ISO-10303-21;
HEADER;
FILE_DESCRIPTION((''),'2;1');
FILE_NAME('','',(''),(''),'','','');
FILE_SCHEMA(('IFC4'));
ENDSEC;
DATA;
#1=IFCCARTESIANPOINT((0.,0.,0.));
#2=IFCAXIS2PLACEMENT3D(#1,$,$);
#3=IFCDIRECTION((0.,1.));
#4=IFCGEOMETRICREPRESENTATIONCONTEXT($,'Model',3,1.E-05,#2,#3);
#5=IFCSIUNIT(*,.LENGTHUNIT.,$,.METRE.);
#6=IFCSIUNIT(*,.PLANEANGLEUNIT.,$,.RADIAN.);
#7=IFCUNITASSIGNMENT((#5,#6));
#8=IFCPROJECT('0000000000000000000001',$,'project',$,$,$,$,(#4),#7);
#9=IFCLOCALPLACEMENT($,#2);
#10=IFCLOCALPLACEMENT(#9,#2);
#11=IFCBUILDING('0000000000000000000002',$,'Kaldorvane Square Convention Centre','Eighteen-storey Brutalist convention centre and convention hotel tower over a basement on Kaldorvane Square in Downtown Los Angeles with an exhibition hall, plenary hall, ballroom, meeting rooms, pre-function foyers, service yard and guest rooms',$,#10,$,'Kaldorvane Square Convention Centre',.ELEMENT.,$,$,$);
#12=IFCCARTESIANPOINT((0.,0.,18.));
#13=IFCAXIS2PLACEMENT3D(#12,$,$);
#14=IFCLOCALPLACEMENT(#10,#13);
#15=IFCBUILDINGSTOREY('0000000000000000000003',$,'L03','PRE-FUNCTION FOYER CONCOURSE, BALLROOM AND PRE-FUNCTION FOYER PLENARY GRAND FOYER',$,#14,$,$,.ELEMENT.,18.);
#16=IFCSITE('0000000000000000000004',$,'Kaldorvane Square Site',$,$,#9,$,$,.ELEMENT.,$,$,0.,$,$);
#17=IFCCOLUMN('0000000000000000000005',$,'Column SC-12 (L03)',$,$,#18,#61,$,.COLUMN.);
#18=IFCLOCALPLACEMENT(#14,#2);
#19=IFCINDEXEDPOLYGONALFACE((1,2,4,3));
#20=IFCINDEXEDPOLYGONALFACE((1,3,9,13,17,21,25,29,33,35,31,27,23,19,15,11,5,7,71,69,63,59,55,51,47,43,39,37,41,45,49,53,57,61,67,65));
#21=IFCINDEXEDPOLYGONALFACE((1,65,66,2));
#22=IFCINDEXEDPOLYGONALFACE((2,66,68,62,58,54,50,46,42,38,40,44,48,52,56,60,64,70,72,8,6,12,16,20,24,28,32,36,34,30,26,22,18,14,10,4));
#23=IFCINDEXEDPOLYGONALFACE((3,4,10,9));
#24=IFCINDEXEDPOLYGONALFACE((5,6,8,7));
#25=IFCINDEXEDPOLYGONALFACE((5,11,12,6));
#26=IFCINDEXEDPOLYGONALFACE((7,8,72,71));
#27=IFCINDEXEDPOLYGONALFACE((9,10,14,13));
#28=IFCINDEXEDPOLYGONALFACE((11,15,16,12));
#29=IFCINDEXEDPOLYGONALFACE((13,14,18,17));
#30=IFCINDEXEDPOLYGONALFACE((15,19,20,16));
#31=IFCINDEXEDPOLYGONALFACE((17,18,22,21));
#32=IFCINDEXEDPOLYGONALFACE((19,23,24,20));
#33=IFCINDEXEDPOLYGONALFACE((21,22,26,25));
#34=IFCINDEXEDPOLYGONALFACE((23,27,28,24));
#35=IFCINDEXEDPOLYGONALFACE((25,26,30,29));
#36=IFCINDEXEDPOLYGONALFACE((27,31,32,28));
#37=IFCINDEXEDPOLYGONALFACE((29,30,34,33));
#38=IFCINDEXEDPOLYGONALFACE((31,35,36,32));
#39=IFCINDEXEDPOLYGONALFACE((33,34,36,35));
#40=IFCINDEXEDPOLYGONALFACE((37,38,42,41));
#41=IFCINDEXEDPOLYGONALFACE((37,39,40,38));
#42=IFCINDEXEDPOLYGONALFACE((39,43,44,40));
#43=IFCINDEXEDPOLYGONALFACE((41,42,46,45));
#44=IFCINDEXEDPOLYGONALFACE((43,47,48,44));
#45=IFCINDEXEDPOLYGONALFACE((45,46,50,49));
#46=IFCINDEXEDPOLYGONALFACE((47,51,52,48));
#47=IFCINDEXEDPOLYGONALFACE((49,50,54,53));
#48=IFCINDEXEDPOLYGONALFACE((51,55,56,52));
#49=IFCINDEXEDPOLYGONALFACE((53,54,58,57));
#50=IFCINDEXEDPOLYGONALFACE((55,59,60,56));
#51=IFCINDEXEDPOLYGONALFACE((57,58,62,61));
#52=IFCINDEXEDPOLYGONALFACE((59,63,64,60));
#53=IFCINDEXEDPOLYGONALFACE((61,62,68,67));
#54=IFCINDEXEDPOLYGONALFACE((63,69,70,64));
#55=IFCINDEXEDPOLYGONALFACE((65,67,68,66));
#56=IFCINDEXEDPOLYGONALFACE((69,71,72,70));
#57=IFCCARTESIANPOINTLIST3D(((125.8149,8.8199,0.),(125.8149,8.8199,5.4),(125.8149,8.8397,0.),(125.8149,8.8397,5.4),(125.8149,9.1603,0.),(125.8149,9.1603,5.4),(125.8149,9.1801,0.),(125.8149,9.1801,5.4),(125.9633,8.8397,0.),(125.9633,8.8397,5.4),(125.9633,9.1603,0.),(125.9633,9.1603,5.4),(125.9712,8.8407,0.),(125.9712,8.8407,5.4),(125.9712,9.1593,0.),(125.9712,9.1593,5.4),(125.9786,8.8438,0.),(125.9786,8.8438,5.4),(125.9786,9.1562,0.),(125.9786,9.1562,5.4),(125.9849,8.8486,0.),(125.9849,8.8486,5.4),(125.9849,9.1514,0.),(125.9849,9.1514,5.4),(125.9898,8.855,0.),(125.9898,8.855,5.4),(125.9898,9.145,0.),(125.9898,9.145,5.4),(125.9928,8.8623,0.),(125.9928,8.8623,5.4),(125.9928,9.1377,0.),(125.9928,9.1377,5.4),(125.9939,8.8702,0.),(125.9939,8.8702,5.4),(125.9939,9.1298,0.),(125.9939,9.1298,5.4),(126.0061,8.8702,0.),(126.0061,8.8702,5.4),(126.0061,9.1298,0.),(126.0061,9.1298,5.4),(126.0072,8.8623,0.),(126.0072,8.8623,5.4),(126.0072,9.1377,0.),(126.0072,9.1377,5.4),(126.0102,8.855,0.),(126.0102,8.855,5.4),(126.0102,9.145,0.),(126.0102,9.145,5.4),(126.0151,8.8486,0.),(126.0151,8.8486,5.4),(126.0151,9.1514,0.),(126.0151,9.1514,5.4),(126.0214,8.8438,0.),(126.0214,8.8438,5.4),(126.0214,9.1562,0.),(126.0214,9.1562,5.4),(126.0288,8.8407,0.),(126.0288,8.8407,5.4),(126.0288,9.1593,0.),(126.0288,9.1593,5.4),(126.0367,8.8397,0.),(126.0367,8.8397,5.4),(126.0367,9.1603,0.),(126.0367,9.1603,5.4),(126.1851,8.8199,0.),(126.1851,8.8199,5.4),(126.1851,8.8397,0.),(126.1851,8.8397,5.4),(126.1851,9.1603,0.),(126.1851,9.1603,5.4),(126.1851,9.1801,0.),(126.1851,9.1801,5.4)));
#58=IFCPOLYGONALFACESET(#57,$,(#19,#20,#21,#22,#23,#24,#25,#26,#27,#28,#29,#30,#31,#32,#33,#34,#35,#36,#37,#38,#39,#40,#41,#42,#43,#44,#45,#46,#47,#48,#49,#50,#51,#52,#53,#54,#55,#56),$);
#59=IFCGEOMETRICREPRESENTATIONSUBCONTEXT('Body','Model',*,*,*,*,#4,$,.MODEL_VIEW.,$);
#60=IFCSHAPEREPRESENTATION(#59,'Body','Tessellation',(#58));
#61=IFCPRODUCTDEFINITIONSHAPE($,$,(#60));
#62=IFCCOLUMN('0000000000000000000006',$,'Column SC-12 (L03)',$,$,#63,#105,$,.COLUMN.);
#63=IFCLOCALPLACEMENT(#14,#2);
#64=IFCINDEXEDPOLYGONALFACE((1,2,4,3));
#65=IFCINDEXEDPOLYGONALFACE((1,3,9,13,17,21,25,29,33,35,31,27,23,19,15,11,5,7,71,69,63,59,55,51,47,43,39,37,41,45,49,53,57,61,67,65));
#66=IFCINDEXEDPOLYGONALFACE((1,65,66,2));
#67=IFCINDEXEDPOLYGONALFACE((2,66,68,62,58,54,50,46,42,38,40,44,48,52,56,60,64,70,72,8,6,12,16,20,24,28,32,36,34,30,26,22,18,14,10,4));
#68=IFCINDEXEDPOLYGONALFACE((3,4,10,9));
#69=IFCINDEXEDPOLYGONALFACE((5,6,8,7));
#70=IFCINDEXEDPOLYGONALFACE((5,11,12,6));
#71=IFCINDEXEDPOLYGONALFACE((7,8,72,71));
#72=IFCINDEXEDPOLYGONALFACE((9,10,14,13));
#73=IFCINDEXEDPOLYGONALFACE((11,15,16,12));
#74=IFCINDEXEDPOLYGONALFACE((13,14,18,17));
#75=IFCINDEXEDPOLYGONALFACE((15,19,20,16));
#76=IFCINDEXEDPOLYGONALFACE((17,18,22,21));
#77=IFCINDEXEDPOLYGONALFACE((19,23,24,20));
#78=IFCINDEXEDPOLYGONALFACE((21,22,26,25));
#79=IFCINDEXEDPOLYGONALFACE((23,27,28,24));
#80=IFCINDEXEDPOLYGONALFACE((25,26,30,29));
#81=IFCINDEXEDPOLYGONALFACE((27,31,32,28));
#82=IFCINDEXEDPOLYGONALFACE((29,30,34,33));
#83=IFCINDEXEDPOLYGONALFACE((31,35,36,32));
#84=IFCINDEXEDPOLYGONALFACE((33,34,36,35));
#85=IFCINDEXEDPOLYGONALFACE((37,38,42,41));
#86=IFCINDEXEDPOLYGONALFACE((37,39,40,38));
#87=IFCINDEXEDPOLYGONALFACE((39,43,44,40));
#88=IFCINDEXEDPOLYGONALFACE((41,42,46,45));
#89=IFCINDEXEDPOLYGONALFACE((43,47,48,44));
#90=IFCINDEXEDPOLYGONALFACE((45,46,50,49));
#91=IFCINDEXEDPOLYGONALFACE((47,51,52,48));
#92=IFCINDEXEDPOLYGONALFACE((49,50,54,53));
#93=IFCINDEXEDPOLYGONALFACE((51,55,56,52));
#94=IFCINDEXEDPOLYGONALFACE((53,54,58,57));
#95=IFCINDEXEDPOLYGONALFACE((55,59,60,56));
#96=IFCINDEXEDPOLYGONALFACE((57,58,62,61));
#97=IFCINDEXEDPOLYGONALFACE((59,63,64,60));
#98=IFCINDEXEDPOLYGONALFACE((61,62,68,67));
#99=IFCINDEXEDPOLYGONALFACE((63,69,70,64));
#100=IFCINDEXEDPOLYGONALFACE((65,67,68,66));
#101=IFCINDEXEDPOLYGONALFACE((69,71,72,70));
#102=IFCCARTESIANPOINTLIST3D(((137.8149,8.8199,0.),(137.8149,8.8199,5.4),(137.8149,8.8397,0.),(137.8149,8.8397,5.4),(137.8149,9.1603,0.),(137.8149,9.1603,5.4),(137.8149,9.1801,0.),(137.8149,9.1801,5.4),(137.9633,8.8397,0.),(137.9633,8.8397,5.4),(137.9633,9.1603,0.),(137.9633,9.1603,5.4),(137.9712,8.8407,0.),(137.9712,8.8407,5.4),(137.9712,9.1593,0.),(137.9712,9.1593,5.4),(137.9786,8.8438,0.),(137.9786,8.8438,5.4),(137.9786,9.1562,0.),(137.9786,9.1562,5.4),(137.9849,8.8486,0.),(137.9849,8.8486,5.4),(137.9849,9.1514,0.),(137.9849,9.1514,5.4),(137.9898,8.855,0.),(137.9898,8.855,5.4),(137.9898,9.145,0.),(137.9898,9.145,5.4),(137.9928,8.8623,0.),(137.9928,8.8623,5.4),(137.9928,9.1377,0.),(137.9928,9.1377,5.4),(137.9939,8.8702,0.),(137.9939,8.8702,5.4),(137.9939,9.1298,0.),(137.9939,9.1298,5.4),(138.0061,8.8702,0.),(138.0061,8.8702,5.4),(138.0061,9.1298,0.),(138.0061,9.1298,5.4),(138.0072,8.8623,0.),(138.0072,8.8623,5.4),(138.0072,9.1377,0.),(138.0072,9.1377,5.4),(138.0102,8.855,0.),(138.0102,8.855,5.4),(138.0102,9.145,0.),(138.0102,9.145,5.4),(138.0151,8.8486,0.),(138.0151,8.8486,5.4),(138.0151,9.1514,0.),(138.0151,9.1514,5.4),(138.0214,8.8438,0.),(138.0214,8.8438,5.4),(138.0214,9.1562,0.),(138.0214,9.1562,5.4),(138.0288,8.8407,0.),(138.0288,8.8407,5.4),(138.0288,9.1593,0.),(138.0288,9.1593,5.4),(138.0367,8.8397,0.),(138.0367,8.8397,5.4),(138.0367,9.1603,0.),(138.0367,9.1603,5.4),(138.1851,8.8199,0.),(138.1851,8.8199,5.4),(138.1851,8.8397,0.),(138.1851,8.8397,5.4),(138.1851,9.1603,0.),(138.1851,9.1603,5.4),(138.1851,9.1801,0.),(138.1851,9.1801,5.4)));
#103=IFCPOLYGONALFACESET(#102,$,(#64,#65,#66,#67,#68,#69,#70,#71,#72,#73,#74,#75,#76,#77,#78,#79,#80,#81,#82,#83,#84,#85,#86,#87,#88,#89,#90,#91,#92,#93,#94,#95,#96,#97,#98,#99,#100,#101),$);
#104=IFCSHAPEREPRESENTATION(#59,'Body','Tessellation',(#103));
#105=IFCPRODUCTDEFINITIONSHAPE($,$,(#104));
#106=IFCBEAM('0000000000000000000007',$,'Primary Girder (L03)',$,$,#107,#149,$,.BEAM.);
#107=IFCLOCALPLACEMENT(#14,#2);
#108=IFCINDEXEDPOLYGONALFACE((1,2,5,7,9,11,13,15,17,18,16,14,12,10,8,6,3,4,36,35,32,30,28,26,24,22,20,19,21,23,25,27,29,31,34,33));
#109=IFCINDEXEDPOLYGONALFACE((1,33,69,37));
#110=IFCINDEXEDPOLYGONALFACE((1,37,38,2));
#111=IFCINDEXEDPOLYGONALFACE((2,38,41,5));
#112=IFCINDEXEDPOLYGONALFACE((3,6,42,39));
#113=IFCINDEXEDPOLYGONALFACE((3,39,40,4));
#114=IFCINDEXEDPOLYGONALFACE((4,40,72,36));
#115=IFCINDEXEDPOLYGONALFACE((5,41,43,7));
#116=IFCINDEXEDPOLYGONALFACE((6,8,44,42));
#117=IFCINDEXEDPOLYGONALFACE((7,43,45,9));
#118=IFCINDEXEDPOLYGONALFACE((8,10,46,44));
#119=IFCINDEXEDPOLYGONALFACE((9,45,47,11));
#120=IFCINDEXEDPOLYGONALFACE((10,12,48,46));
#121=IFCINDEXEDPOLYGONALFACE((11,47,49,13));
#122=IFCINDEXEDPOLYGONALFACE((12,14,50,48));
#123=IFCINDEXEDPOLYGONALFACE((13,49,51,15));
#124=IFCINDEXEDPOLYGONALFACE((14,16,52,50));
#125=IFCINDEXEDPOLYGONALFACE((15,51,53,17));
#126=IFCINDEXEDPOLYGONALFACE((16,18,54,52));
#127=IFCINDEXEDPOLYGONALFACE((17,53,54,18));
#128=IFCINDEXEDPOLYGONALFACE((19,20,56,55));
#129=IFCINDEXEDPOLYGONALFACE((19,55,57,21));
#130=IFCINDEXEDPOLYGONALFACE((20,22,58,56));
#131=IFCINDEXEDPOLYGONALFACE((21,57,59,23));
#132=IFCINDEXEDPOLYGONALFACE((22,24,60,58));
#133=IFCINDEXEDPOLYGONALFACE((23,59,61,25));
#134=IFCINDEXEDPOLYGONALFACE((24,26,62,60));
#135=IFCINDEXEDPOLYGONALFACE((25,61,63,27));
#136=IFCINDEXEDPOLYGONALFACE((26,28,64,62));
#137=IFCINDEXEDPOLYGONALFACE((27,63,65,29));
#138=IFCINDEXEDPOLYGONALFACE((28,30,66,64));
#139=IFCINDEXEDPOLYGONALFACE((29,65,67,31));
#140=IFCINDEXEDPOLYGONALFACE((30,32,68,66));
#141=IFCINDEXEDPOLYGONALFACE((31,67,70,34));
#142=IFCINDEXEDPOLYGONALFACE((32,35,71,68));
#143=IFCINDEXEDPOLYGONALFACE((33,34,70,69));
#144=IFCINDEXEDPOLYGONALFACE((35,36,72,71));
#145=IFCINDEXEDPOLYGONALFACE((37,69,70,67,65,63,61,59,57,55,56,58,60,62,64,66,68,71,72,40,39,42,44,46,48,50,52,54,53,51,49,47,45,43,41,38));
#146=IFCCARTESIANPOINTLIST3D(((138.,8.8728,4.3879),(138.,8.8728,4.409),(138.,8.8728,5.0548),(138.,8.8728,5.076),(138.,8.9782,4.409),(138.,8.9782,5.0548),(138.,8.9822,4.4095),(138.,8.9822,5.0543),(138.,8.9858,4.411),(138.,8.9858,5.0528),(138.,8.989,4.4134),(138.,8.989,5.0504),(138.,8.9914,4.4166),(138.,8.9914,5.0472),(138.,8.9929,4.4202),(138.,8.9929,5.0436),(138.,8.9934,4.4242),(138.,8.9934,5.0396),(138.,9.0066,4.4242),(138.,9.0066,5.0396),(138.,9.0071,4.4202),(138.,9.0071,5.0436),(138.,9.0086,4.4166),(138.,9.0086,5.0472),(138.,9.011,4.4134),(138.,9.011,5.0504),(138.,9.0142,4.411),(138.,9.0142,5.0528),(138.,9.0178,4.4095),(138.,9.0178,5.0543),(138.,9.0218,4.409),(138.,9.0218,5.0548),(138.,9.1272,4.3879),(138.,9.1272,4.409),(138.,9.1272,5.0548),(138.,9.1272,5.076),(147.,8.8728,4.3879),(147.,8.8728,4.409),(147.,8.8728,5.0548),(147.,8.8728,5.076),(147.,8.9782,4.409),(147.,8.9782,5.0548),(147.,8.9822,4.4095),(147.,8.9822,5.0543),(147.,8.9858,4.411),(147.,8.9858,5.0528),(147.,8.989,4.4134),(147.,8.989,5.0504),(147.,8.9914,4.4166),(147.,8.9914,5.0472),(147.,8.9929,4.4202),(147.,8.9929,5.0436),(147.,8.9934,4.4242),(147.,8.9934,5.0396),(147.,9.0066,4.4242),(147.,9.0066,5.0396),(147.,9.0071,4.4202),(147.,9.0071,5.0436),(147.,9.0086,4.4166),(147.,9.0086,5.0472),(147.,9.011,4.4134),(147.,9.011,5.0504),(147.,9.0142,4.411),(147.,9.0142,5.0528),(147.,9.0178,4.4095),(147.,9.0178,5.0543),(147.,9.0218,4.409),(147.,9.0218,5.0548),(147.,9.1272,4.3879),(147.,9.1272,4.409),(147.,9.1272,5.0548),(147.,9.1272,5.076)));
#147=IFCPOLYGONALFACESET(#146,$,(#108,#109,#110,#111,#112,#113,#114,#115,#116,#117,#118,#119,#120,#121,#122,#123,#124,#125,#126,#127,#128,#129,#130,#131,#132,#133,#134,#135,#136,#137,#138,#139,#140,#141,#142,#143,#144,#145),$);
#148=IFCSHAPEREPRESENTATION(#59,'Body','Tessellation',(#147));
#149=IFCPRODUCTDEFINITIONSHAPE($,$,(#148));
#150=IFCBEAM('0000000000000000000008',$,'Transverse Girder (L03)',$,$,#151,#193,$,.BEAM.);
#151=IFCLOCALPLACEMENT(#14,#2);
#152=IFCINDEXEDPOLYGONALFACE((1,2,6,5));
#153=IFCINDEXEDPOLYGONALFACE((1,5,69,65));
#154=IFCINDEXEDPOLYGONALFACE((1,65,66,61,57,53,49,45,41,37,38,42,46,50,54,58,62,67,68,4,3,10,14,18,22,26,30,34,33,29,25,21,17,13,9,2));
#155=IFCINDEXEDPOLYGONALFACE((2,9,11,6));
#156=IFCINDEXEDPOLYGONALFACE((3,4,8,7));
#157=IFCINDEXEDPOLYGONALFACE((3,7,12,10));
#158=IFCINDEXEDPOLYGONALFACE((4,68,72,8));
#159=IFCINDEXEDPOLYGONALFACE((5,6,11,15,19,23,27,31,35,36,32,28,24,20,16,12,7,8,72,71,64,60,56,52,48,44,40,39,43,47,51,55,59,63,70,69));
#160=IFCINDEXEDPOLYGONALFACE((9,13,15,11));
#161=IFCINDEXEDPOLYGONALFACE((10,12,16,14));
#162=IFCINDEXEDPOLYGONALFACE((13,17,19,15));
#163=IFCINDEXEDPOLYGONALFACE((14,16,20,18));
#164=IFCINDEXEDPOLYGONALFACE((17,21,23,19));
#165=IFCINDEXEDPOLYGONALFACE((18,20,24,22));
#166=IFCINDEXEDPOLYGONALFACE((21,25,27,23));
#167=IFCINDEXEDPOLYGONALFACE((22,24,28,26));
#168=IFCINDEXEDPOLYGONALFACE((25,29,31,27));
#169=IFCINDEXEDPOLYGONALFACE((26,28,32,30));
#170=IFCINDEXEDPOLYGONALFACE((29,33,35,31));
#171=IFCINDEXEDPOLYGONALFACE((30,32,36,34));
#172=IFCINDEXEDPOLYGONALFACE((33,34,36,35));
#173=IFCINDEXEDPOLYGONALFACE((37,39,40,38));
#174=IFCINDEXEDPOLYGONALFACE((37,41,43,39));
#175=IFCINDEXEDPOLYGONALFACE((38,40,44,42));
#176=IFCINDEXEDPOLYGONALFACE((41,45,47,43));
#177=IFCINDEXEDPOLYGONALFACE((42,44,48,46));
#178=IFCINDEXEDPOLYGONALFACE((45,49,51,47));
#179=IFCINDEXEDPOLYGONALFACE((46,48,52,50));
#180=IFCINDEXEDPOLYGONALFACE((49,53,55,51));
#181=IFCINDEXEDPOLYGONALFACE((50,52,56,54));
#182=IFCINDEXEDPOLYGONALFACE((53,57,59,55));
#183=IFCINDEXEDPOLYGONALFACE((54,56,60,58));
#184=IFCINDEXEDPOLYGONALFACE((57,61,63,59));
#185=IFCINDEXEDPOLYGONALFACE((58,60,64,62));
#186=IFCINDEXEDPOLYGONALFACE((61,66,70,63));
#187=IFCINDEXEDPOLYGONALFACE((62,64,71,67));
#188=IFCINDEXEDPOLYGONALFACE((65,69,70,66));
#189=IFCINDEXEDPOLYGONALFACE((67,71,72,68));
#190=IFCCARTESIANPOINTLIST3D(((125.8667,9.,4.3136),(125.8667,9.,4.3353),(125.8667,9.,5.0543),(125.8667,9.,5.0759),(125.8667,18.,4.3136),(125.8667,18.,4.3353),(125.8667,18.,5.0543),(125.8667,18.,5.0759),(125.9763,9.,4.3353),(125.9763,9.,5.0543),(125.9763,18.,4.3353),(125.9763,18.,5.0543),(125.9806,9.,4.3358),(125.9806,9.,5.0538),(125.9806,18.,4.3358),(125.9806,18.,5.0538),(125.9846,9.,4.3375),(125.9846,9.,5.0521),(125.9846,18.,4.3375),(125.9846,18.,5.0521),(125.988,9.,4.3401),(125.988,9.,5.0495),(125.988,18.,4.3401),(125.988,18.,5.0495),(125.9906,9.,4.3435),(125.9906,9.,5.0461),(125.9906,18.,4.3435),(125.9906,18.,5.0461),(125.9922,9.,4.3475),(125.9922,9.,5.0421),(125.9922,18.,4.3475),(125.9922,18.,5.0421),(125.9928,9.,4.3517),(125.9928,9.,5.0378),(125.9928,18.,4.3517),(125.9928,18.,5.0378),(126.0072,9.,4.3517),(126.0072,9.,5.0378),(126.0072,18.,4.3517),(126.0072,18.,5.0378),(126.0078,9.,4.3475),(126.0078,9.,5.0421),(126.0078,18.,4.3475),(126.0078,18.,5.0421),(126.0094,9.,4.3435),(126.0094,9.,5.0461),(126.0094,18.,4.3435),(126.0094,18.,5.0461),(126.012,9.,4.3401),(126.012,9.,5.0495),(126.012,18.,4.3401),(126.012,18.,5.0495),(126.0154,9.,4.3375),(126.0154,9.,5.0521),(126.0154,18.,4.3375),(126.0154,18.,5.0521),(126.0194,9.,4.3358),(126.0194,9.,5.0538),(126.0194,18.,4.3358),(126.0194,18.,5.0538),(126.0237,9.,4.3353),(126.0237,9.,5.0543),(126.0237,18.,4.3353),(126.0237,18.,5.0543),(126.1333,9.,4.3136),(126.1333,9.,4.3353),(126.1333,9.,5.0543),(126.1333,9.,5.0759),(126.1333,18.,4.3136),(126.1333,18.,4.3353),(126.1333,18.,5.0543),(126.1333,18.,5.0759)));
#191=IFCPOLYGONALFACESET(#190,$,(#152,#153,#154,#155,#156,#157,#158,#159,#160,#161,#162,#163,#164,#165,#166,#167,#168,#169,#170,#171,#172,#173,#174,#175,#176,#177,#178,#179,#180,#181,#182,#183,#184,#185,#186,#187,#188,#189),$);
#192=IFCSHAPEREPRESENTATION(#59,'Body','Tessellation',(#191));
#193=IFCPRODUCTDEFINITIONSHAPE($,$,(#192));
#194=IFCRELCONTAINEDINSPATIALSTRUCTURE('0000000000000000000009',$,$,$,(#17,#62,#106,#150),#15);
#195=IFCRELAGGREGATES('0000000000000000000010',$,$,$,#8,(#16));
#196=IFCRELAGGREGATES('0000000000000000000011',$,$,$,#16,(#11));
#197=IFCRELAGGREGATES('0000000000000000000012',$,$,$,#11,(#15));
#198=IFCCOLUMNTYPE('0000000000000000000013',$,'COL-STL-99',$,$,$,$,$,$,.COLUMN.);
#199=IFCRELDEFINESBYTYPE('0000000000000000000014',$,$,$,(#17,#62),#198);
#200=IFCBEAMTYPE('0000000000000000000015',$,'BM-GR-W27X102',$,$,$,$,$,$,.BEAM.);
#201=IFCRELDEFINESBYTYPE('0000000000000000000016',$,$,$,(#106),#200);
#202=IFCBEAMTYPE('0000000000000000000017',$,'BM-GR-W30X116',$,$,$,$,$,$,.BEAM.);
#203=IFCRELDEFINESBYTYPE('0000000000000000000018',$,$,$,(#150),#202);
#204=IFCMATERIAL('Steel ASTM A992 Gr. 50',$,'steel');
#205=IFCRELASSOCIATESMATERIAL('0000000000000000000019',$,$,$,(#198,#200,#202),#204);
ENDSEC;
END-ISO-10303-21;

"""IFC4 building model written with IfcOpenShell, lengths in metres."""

from ifc_helpers import new_model, si_unit, direction, frame, origin, origin_2d, place, context, subcontext, project, spatial, i_section, extrude, material, material_profile, profile_set, type_object, element, save


model = new_model("IFC4")

# Units and contexts
model_context = context("Model", 3, precision=1e-05, world=origin(), true_north=direction((0.0, 1.0)))
body_context = subcontext(model_context, "Body", "Model", "MODEL_VIEW")
ifc_project = project(units=[si_unit("LENGTHUNIT", "METRE"), si_unit("PLANEANGLEUNIT", "RADIAN")], contexts=[model_context])

# Site, building, storey
site_placement = place(None, origin())
site = spatial("IfcSite", under=ifc_project, at=site_placement, Name="Kaldorvane Square Site", CompositionType="ELEMENT", RefElevation=0.0)
building_placement = place(site_placement, origin())
building = spatial("IfcBuilding", under=site, at=building_placement, Name="Kaldorvane Square Convention Centre", Description="Eighteen-storey Brutalist convention centre and convention hotel tower over a basement on Kaldorvane Square in Downtown Los Angeles with an exhibition hall, plenary hall, ballroom, meeting rooms, pre-function foyers, service yard and guest rooms", LongName="Kaldorvane Square Convention Centre", CompositionType="ELEMENT")
storey_placement = place(building_placement, frame((0.0, 0.0, 18.0)))
storey = spatial("IfcBuildingStorey", under=building, at=storey_placement, Name="L03", Description="PRE-FUNCTION FOYER CONCOURSE, BALLROOM AND PRE-FUNCTION FOYER PLENARY GRAND FOYER", CompositionType="ELEMENT", Elevation=18.0)

# Columns
ifc_material_1 = material(Name="Steel ASTM A992 Gr. 50", Category="steel")
ifc_material_profile_1 = material_profile(ifc_material_1, i_section(OverallWidth=0.3701, OverallDepth=0.3602, WebThickness=0.0123, FlangeThickness=0.0198, FilletRadius=0.0305, at=origin_2d()), Name="W14X99")
ifc_profile_set_1 = profile_set([ifc_material_profile_1], Name="Steel ASTM A992 Gr. 50")
column_type = type_object("IfcColumnType", Name="COL-STL-99", PredefinedType="COLUMN", material=ifc_profile_set_1)
for number, where, z_axis, x_axis, name in (
    (1, (126.0, 9.0, 0.0), (0.0, 0.0, 1.0), (1.0, 0.0, 0.0), "Column SC-12 (L03)"),
    (2, (138.0, 9.0, 0.0), (0.0, 0.0, 1.0), (1.0, 0.0, 0.0), "Column SC-12 (L03)"),
):
    element("IfcColumn", number, at=place(storey_placement, frame(where, z_axis=z_axis, x_axis=x_axis)), inside=storey, type_object=column_type, Name=name, PredefinedType="COLUMN", context=body_context, shape_type="SweptSolid", body=[
        extrude(i_section(OverallWidth=0.3701, OverallDepth=0.3602, WebThickness=0.0123, FlangeThickness=0.0198, FilletRadius=0.0305, at=origin_2d()), origin(), (0.0, 0.0, 1.0), 5.4),
    ])

# Beams
ifc_material_profile_2 = material_profile(ifc_material_1, i_section(OverallWidth=0.2544, OverallDepth=0.6881, WebThickness=0.0131, FlangeThickness=0.0211, FilletRadius=0.0152, at=origin_2d()), Name="W27X102")
ifc_profile_set_2 = profile_set([ifc_material_profile_2], Name="Steel ASTM A992 Gr. 50")
beam_type_1 = type_object("IfcBeamType", Name="BM-GR-W27X102", PredefinedType="BEAM", material=ifc_profile_set_2)
beam_1_placement = place(storey_placement, frame((138.0, 9.0, 4.7319), z_axis=(1.0, 0.0, 0.0), x_axis=(0.0, 1.0, 0.0)))
element("IfcBeam", 3, at=beam_1_placement, inside=storey, type_object=beam_type_1, Name="Primary Girder (L03)", PredefinedType="BEAM", context=body_context, shape_type="SweptSolid", body=[
    extrude(i_section(OverallWidth=0.2544, OverallDepth=0.6881, WebThickness=0.0131, FlangeThickness=0.0211, FilletRadius=0.0152, at=origin_2d()), origin(), (0.0, 0.0, 1.0), 9.0),
])
ifc_material_profile_3 = material_profile(ifc_material_1, i_section(OverallWidth=0.2666, OverallDepth=0.7623, WebThickness=0.0144, FlangeThickness=0.0216, FilletRadius=0.0165, at=origin_2d()), Name="W30X116")
ifc_profile_set_3 = profile_set([ifc_material_profile_3], Name="Steel ASTM A992 Gr. 50")
beam_type_2 = type_object("IfcBeamType", Name="BM-GR-W30X116", PredefinedType="BEAM", material=ifc_profile_set_3)
for number, where, z_axis, x_axis, name in (
    (4, (126.0, 9.0, 4.6948), (0.0, 1.0, 0.0), (-1.0, 0.0, 0.0), "Transverse Girder (L03)"),
):
    element("IfcBeam", number, at=place(storey_placement, frame(where, z_axis=z_axis, x_axis=x_axis)), inside=storey, type_object=beam_type_2, Name=name, PredefinedType="BEAM", context=body_context, shape_type="SweptSolid", body=[
        extrude(i_section(OverallWidth=0.2666, OverallDepth=0.7623, WebThickness=0.0144, FlangeThickness=0.0216, FilletRadius=0.0165, at=origin_2d()), origin(), (0.0, 0.0, 1.0), 9.0),
    ])

save(model, "model.ifc")
